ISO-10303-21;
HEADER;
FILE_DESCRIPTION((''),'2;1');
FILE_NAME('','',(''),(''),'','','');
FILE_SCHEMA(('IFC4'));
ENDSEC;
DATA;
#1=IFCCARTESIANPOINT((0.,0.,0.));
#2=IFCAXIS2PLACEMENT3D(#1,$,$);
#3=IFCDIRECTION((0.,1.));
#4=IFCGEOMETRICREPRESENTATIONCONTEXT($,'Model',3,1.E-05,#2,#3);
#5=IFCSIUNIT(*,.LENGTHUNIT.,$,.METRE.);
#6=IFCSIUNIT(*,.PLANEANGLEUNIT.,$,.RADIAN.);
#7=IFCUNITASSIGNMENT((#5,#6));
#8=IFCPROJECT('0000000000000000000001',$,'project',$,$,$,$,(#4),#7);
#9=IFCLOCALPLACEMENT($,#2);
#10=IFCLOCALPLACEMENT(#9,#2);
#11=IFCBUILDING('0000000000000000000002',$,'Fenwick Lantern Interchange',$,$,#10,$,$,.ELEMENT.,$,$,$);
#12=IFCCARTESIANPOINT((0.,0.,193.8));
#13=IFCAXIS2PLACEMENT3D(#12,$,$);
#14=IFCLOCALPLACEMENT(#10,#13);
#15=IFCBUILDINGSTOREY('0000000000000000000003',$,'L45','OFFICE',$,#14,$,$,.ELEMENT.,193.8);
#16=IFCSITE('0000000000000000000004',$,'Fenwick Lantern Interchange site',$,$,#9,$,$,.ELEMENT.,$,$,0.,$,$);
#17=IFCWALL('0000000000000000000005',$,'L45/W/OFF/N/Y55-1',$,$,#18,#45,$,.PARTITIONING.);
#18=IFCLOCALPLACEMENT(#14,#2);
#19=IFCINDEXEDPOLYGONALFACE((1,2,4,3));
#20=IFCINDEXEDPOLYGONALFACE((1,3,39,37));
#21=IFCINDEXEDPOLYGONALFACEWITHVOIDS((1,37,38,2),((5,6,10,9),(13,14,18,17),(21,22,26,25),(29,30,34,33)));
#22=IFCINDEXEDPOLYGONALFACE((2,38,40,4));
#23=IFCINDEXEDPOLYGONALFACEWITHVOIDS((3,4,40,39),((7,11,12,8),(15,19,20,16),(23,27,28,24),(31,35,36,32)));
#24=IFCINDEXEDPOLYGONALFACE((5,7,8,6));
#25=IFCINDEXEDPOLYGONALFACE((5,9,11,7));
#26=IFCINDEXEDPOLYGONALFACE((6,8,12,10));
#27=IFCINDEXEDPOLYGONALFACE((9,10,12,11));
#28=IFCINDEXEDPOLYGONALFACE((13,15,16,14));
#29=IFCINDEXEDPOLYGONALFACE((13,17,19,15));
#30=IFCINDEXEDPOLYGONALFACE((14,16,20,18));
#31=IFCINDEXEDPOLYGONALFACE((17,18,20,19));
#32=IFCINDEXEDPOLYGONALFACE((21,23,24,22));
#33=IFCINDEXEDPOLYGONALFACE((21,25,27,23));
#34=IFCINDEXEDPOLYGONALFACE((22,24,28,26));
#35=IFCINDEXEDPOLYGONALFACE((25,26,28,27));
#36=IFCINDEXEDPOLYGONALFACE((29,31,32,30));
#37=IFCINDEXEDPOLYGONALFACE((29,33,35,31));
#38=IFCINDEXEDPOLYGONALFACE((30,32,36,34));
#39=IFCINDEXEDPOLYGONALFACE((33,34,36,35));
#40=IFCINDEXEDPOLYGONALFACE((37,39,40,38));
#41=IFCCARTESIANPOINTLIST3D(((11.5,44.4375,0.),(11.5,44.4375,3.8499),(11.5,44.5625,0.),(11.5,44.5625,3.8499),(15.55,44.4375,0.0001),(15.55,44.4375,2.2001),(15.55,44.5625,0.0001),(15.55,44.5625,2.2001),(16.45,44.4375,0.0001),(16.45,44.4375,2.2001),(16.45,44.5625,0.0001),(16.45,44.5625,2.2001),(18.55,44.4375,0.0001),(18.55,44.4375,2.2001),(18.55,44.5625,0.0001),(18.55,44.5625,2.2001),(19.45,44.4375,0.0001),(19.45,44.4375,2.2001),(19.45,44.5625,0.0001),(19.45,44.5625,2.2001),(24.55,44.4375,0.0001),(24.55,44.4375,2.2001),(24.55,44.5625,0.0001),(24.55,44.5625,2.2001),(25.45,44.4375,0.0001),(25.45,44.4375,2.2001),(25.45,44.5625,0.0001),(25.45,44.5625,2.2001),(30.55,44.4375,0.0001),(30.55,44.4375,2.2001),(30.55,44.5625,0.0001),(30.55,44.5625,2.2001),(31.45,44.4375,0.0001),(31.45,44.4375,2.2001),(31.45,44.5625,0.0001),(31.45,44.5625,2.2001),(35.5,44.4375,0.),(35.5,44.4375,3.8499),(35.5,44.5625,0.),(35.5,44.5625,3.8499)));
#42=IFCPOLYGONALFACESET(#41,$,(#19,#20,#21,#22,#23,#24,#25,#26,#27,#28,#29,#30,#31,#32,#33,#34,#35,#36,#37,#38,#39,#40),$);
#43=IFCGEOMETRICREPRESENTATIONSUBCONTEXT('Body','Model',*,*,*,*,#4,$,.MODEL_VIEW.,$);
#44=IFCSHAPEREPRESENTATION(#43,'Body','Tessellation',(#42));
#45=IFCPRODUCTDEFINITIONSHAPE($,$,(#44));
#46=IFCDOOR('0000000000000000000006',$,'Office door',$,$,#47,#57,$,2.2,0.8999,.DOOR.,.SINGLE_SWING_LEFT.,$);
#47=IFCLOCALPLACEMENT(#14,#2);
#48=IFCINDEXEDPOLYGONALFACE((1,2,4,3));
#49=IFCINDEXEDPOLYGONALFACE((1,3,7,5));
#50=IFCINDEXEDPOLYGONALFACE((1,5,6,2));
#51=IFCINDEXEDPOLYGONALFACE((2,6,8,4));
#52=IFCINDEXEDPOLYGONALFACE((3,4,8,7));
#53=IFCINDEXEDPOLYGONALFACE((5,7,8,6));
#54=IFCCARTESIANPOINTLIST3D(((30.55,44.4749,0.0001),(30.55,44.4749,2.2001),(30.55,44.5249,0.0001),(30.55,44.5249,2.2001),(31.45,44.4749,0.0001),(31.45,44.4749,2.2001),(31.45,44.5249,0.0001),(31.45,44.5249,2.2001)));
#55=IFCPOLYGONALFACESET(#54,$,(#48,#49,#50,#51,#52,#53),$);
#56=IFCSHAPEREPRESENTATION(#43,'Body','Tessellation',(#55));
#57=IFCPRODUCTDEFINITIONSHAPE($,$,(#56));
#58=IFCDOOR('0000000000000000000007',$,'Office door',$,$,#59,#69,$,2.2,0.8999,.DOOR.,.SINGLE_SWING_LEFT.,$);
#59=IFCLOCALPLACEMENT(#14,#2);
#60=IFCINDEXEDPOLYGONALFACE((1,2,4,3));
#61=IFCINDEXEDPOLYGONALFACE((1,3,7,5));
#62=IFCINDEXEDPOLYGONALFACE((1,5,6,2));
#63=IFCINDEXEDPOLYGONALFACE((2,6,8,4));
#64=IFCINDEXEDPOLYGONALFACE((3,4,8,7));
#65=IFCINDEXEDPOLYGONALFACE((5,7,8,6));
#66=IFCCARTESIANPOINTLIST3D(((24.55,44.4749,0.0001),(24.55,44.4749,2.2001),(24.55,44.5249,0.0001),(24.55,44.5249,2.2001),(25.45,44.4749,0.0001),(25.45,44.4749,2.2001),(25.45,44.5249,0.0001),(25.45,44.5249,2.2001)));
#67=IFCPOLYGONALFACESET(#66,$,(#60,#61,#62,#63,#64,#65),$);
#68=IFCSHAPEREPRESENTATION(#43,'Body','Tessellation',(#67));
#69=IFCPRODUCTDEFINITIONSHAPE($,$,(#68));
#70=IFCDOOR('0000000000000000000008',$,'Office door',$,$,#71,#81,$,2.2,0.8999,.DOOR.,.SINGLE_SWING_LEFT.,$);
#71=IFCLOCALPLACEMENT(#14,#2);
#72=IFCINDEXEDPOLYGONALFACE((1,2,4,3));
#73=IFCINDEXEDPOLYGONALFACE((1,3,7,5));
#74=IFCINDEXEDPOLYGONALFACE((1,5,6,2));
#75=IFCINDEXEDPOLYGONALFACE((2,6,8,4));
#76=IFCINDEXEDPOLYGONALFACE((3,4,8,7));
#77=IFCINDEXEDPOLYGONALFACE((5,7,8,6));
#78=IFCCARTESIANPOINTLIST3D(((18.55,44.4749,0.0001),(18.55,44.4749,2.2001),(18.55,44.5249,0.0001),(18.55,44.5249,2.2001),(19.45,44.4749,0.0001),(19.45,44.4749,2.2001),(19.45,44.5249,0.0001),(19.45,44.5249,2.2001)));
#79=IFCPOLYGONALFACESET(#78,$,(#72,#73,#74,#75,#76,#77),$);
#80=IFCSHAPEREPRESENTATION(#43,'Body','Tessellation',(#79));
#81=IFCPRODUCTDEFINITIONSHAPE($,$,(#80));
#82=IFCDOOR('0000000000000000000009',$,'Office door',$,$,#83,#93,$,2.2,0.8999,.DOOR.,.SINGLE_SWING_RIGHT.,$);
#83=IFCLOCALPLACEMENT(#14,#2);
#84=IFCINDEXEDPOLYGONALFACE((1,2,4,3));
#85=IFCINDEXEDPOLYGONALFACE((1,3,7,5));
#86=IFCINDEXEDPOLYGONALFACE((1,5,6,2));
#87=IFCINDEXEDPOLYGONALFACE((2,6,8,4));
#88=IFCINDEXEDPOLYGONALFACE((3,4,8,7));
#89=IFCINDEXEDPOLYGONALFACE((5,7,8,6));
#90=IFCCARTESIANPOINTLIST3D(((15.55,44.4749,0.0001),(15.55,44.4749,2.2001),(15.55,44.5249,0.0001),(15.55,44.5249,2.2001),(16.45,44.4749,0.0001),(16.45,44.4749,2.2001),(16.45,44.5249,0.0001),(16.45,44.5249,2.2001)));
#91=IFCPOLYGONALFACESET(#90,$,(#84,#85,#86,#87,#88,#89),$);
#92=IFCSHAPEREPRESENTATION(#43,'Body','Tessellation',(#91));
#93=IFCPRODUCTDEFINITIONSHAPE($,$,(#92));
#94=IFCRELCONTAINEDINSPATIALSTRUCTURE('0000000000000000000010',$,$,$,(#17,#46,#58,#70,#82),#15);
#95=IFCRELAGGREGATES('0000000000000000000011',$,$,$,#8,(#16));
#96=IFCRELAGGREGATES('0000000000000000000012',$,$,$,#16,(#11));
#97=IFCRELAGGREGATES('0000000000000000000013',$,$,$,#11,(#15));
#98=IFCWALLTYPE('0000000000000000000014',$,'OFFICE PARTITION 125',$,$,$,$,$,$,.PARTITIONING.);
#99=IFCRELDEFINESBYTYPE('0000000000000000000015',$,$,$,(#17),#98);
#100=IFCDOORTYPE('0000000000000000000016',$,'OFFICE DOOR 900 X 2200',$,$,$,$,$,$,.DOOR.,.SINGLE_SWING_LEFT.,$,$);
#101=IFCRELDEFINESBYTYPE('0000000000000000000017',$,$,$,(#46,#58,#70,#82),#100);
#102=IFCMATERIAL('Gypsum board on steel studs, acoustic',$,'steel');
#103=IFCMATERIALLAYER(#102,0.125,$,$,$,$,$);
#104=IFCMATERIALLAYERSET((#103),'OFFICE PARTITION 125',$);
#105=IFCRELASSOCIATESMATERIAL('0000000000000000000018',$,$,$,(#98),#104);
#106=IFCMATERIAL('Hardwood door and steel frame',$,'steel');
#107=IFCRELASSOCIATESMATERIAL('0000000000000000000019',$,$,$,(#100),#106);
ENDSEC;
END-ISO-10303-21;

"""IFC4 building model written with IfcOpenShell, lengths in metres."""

from ifc_helpers import new_model, si_unit, direction, frame, frame_2d, origin, place, context, subcontext, project, spatial, rectangle, extrude, material, layer, layer_set, type_object, element, fill, save


model = new_model("IFC4")

# Units and contexts
model_context = context("Model", 3, precision=1e-05, world=origin(), true_north=direction((0.0, 1.0)))
body_context = subcontext(model_context, "Body", "Model", "MODEL_VIEW")
ifc_project = project(units=[si_unit("LENGTHUNIT", "METRE"), si_unit("PLANEANGLEUNIT", "RADIAN")], contexts=[model_context])

# Site, building, storey
site_placement = place(None, origin())
site = spatial("IfcSite", under=ifc_project, at=site_placement, Name="Fenwick Lantern Interchange site", CompositionType="ELEMENT", RefElevation=0.0)
building_placement = place(site_placement, origin())
building = spatial("IfcBuilding", under=site, at=building_placement, Name="Fenwick Lantern Interchange", CompositionType="ELEMENT")
storey_placement = place(building_placement, frame((0.0, 0.0, 193.8)))
storey = spatial("IfcBuildingStorey", under=building, at=storey_placement, Name="L45", Description="OFFICE", CompositionType="ELEMENT", Elevation=193.8)

# Shared definitions
ifc_material_1 = material(Name="Gypsum board on steel studs, acoustic", Category="steel")
ifc_layer_1 = layer(ifc_material_1, 0.125)
ifc_layer_set_1 = layer_set([ifc_layer_1], Name="OFFICE PARTITION 125")
wall_type_1 = type_object("IfcWallType", Name="OFFICE PARTITION 125", PredefinedType="PARTITIONING", material=ifc_layer_set_1)
ifc_material_2 = material(Name="Hardwood door and steel frame", Category="steel")
door_type = type_object("IfcDoorType", Name="OFFICE DOOR 900 X 2200", OperationType="SINGLE_SWING_LEFT", PredefinedType="DOOR", material=ifc_material_2)

# Wall, openings, doors
wall_1_placement = place(storey_placement, frame((35.5, 44.5, 0.0), z_axis=(0.0, 0.0, 1.0), x_axis=(-1.0, 0.0, 0.0)))
wall_1 = element("IfcWall", 1, at=wall_1_placement, inside=storey, type_object=wall_type_1, Name="L45/W/OFF/N/Y55-1", PredefinedType="PARTITIONING", context=body_context, shape_type="SweptSolid", body=[
    extrude(rectangle(XDim=24.0, YDim=0.125, at=frame_2d((12.0, 0.0))), origin(), (0.0, 0.0, 1.0), 3.8499),
])
opening_1_placement = place(wall_1_placement, frame((4.05, 0.0, 0.0)))
opening_1 = element("IfcOpeningElement", 2, at=opening_1_placement, cuts=wall_1, PredefinedType="OPENING", context=body_context, shape_type="SweptSolid", body=[
    extrude(rectangle(XDim=0.8999, YDim=2.2, at=frame_2d((0.45, 1.1001))), frame((0.0, 0.0725, 0.0), z_axis=(0.0, -1.0, 0.0), x_axis=(1.0, 0.0, 0.0)), (0.0, 0.0, 1.0), 0.145),
])
opening_2_placement = place(wall_1_placement, frame((10.05, 0.0, 0.0)))
opening_2 = element("IfcOpeningElement", 3, at=opening_2_placement, cuts=wall_1, PredefinedType="OPENING", context=body_context, shape_type="SweptSolid", body=[
    extrude(rectangle(XDim=0.8999, YDim=2.2, at=frame_2d((0.45, 1.1001))), frame((0.0, 0.0725, 0.0), z_axis=(0.0, -1.0, 0.0), x_axis=(1.0, 0.0, 0.0)), (0.0, 0.0, 1.0), 0.145),
])
opening_3_placement = place(wall_1_placement, frame((16.05, 0.0, 0.0)))
opening_3 = element("IfcOpeningElement", 4, at=opening_3_placement, cuts=wall_1, PredefinedType="OPENING", context=body_context, shape_type="SweptSolid", body=[
    extrude(rectangle(XDim=0.8999, YDim=2.2, at=frame_2d((0.45, 1.1001))), frame((0.0, 0.0725, 0.0), z_axis=(0.0, -1.0, 0.0), x_axis=(1.0, 0.0, 0.0)), (0.0, 0.0, 1.0), 0.145),
])
opening_4_placement = place(wall_1_placement, frame((19.05, 0.0, 0.0)))
opening_4 = element("IfcOpeningElement", 5, at=opening_4_placement, cuts=wall_1, PredefinedType="OPENING", context=body_context, shape_type="SweptSolid", body=[
    extrude(rectangle(XDim=0.8999, YDim=2.2, at=frame_2d((0.45, 1.1001))), frame((0.0, 0.0725, 0.0), z_axis=(0.0, -1.0, 0.0), x_axis=(1.0, 0.0, 0.0)), (0.0, 0.0, 1.0), 0.145),
])
door_1_placement = place(opening_1_placement, frame((0.8999, 0.0, 0.0), z_axis=(0.0, 0.0, 1.0), x_axis=(-1.0, 0.0, 0.0)))
door_1 = element("IfcDoor", 6, at=door_1_placement, inside=storey, type_object=door_type, Name="Office door", OperationType="SINGLE_SWING_LEFT", OverallHeight=2.2, OverallWidth=0.8999, PredefinedType="DOOR", context=body_context, shape_type="SweptSolid", body=[
    extrude(rectangle(XDim=0.8999, YDim=2.2, at=frame_2d((0.45, 1.1001))), frame((0.0, 0.0249, 0.0), z_axis=(0.0, -1.0, 0.0), x_axis=(1.0, 0.0, 0.0)), (0.0, 0.0, 1.0), 0.05),
])
fill(opening_1, door_1)
door_2_placement = place(opening_2_placement, frame((0.8999, 0.0, 0.0), z_axis=(0.0, 0.0, 1.0), x_axis=(-1.0, 0.0, 0.0)))
door_2 = element("IfcDoor", 7, at=door_2_placement, inside=storey, type_object=door_type, Name="Office door", OperationType="SINGLE_SWING_LEFT", OverallHeight=2.2, OverallWidth=0.8999, PredefinedType="DOOR", context=body_context, shape_type="SweptSolid", body=[
    extrude(rectangle(XDim=0.8999, YDim=2.2, at=frame_2d((0.45, 1.1001))), frame((0.0, 0.0249, 0.0), z_axis=(0.0, -1.0, 0.0), x_axis=(1.0, 0.0, 0.0)), (0.0, 0.0, 1.0), 0.05),
])
fill(opening_2, door_2)
door_3_placement = place(opening_3_placement, frame((0.8999, 0.0, 0.0), z_axis=(0.0, 0.0, 1.0), x_axis=(-1.0, 0.0, 0.0)))
door_3 = element("IfcDoor", 8, at=door_3_placement, inside=storey, type_object=door_type, Name="Office door", OperationType="SINGLE_SWING_LEFT", OverallHeight=2.2, OverallWidth=0.8999, PredefinedType="DOOR", context=body_context, shape_type="SweptSolid", body=[
    extrude(rectangle(XDim=0.8999, YDim=2.2, at=frame_2d((0.45, 1.1001))), frame((0.0, 0.0249, 0.0), z_axis=(0.0, -1.0, 0.0), x_axis=(1.0, 0.0, 0.0)), (0.0, 0.0, 1.0), 0.05),
])
fill(opening_3, door_3)
door_4_placement = place(opening_4_placement, frame((0.8999, 0.0, 0.0), z_axis=(0.0, 0.0, 1.0), x_axis=(-1.0, 0.0, 0.0)))
door_4 = element("IfcDoor", 9, at=door_4_placement, inside=storey, type_object=door_type, Name="Office door", OperationType="SINGLE_SWING_RIGHT", OverallHeight=2.2, OverallWidth=0.8999, PredefinedType="DOOR", context=body_context, shape_type="SweptSolid", body=[
    extrude(rectangle(XDim=0.8999, YDim=2.2, at=frame_2d((0.45, 1.1001))), frame((0.0, 0.0249, 0.0), z_axis=(0.0, -1.0, 0.0), x_axis=(1.0, 0.0, 0.0)), (0.0, 0.0, 1.0), 0.05),
])
fill(opening_4, door_4)

save(model, "model.ifc")
